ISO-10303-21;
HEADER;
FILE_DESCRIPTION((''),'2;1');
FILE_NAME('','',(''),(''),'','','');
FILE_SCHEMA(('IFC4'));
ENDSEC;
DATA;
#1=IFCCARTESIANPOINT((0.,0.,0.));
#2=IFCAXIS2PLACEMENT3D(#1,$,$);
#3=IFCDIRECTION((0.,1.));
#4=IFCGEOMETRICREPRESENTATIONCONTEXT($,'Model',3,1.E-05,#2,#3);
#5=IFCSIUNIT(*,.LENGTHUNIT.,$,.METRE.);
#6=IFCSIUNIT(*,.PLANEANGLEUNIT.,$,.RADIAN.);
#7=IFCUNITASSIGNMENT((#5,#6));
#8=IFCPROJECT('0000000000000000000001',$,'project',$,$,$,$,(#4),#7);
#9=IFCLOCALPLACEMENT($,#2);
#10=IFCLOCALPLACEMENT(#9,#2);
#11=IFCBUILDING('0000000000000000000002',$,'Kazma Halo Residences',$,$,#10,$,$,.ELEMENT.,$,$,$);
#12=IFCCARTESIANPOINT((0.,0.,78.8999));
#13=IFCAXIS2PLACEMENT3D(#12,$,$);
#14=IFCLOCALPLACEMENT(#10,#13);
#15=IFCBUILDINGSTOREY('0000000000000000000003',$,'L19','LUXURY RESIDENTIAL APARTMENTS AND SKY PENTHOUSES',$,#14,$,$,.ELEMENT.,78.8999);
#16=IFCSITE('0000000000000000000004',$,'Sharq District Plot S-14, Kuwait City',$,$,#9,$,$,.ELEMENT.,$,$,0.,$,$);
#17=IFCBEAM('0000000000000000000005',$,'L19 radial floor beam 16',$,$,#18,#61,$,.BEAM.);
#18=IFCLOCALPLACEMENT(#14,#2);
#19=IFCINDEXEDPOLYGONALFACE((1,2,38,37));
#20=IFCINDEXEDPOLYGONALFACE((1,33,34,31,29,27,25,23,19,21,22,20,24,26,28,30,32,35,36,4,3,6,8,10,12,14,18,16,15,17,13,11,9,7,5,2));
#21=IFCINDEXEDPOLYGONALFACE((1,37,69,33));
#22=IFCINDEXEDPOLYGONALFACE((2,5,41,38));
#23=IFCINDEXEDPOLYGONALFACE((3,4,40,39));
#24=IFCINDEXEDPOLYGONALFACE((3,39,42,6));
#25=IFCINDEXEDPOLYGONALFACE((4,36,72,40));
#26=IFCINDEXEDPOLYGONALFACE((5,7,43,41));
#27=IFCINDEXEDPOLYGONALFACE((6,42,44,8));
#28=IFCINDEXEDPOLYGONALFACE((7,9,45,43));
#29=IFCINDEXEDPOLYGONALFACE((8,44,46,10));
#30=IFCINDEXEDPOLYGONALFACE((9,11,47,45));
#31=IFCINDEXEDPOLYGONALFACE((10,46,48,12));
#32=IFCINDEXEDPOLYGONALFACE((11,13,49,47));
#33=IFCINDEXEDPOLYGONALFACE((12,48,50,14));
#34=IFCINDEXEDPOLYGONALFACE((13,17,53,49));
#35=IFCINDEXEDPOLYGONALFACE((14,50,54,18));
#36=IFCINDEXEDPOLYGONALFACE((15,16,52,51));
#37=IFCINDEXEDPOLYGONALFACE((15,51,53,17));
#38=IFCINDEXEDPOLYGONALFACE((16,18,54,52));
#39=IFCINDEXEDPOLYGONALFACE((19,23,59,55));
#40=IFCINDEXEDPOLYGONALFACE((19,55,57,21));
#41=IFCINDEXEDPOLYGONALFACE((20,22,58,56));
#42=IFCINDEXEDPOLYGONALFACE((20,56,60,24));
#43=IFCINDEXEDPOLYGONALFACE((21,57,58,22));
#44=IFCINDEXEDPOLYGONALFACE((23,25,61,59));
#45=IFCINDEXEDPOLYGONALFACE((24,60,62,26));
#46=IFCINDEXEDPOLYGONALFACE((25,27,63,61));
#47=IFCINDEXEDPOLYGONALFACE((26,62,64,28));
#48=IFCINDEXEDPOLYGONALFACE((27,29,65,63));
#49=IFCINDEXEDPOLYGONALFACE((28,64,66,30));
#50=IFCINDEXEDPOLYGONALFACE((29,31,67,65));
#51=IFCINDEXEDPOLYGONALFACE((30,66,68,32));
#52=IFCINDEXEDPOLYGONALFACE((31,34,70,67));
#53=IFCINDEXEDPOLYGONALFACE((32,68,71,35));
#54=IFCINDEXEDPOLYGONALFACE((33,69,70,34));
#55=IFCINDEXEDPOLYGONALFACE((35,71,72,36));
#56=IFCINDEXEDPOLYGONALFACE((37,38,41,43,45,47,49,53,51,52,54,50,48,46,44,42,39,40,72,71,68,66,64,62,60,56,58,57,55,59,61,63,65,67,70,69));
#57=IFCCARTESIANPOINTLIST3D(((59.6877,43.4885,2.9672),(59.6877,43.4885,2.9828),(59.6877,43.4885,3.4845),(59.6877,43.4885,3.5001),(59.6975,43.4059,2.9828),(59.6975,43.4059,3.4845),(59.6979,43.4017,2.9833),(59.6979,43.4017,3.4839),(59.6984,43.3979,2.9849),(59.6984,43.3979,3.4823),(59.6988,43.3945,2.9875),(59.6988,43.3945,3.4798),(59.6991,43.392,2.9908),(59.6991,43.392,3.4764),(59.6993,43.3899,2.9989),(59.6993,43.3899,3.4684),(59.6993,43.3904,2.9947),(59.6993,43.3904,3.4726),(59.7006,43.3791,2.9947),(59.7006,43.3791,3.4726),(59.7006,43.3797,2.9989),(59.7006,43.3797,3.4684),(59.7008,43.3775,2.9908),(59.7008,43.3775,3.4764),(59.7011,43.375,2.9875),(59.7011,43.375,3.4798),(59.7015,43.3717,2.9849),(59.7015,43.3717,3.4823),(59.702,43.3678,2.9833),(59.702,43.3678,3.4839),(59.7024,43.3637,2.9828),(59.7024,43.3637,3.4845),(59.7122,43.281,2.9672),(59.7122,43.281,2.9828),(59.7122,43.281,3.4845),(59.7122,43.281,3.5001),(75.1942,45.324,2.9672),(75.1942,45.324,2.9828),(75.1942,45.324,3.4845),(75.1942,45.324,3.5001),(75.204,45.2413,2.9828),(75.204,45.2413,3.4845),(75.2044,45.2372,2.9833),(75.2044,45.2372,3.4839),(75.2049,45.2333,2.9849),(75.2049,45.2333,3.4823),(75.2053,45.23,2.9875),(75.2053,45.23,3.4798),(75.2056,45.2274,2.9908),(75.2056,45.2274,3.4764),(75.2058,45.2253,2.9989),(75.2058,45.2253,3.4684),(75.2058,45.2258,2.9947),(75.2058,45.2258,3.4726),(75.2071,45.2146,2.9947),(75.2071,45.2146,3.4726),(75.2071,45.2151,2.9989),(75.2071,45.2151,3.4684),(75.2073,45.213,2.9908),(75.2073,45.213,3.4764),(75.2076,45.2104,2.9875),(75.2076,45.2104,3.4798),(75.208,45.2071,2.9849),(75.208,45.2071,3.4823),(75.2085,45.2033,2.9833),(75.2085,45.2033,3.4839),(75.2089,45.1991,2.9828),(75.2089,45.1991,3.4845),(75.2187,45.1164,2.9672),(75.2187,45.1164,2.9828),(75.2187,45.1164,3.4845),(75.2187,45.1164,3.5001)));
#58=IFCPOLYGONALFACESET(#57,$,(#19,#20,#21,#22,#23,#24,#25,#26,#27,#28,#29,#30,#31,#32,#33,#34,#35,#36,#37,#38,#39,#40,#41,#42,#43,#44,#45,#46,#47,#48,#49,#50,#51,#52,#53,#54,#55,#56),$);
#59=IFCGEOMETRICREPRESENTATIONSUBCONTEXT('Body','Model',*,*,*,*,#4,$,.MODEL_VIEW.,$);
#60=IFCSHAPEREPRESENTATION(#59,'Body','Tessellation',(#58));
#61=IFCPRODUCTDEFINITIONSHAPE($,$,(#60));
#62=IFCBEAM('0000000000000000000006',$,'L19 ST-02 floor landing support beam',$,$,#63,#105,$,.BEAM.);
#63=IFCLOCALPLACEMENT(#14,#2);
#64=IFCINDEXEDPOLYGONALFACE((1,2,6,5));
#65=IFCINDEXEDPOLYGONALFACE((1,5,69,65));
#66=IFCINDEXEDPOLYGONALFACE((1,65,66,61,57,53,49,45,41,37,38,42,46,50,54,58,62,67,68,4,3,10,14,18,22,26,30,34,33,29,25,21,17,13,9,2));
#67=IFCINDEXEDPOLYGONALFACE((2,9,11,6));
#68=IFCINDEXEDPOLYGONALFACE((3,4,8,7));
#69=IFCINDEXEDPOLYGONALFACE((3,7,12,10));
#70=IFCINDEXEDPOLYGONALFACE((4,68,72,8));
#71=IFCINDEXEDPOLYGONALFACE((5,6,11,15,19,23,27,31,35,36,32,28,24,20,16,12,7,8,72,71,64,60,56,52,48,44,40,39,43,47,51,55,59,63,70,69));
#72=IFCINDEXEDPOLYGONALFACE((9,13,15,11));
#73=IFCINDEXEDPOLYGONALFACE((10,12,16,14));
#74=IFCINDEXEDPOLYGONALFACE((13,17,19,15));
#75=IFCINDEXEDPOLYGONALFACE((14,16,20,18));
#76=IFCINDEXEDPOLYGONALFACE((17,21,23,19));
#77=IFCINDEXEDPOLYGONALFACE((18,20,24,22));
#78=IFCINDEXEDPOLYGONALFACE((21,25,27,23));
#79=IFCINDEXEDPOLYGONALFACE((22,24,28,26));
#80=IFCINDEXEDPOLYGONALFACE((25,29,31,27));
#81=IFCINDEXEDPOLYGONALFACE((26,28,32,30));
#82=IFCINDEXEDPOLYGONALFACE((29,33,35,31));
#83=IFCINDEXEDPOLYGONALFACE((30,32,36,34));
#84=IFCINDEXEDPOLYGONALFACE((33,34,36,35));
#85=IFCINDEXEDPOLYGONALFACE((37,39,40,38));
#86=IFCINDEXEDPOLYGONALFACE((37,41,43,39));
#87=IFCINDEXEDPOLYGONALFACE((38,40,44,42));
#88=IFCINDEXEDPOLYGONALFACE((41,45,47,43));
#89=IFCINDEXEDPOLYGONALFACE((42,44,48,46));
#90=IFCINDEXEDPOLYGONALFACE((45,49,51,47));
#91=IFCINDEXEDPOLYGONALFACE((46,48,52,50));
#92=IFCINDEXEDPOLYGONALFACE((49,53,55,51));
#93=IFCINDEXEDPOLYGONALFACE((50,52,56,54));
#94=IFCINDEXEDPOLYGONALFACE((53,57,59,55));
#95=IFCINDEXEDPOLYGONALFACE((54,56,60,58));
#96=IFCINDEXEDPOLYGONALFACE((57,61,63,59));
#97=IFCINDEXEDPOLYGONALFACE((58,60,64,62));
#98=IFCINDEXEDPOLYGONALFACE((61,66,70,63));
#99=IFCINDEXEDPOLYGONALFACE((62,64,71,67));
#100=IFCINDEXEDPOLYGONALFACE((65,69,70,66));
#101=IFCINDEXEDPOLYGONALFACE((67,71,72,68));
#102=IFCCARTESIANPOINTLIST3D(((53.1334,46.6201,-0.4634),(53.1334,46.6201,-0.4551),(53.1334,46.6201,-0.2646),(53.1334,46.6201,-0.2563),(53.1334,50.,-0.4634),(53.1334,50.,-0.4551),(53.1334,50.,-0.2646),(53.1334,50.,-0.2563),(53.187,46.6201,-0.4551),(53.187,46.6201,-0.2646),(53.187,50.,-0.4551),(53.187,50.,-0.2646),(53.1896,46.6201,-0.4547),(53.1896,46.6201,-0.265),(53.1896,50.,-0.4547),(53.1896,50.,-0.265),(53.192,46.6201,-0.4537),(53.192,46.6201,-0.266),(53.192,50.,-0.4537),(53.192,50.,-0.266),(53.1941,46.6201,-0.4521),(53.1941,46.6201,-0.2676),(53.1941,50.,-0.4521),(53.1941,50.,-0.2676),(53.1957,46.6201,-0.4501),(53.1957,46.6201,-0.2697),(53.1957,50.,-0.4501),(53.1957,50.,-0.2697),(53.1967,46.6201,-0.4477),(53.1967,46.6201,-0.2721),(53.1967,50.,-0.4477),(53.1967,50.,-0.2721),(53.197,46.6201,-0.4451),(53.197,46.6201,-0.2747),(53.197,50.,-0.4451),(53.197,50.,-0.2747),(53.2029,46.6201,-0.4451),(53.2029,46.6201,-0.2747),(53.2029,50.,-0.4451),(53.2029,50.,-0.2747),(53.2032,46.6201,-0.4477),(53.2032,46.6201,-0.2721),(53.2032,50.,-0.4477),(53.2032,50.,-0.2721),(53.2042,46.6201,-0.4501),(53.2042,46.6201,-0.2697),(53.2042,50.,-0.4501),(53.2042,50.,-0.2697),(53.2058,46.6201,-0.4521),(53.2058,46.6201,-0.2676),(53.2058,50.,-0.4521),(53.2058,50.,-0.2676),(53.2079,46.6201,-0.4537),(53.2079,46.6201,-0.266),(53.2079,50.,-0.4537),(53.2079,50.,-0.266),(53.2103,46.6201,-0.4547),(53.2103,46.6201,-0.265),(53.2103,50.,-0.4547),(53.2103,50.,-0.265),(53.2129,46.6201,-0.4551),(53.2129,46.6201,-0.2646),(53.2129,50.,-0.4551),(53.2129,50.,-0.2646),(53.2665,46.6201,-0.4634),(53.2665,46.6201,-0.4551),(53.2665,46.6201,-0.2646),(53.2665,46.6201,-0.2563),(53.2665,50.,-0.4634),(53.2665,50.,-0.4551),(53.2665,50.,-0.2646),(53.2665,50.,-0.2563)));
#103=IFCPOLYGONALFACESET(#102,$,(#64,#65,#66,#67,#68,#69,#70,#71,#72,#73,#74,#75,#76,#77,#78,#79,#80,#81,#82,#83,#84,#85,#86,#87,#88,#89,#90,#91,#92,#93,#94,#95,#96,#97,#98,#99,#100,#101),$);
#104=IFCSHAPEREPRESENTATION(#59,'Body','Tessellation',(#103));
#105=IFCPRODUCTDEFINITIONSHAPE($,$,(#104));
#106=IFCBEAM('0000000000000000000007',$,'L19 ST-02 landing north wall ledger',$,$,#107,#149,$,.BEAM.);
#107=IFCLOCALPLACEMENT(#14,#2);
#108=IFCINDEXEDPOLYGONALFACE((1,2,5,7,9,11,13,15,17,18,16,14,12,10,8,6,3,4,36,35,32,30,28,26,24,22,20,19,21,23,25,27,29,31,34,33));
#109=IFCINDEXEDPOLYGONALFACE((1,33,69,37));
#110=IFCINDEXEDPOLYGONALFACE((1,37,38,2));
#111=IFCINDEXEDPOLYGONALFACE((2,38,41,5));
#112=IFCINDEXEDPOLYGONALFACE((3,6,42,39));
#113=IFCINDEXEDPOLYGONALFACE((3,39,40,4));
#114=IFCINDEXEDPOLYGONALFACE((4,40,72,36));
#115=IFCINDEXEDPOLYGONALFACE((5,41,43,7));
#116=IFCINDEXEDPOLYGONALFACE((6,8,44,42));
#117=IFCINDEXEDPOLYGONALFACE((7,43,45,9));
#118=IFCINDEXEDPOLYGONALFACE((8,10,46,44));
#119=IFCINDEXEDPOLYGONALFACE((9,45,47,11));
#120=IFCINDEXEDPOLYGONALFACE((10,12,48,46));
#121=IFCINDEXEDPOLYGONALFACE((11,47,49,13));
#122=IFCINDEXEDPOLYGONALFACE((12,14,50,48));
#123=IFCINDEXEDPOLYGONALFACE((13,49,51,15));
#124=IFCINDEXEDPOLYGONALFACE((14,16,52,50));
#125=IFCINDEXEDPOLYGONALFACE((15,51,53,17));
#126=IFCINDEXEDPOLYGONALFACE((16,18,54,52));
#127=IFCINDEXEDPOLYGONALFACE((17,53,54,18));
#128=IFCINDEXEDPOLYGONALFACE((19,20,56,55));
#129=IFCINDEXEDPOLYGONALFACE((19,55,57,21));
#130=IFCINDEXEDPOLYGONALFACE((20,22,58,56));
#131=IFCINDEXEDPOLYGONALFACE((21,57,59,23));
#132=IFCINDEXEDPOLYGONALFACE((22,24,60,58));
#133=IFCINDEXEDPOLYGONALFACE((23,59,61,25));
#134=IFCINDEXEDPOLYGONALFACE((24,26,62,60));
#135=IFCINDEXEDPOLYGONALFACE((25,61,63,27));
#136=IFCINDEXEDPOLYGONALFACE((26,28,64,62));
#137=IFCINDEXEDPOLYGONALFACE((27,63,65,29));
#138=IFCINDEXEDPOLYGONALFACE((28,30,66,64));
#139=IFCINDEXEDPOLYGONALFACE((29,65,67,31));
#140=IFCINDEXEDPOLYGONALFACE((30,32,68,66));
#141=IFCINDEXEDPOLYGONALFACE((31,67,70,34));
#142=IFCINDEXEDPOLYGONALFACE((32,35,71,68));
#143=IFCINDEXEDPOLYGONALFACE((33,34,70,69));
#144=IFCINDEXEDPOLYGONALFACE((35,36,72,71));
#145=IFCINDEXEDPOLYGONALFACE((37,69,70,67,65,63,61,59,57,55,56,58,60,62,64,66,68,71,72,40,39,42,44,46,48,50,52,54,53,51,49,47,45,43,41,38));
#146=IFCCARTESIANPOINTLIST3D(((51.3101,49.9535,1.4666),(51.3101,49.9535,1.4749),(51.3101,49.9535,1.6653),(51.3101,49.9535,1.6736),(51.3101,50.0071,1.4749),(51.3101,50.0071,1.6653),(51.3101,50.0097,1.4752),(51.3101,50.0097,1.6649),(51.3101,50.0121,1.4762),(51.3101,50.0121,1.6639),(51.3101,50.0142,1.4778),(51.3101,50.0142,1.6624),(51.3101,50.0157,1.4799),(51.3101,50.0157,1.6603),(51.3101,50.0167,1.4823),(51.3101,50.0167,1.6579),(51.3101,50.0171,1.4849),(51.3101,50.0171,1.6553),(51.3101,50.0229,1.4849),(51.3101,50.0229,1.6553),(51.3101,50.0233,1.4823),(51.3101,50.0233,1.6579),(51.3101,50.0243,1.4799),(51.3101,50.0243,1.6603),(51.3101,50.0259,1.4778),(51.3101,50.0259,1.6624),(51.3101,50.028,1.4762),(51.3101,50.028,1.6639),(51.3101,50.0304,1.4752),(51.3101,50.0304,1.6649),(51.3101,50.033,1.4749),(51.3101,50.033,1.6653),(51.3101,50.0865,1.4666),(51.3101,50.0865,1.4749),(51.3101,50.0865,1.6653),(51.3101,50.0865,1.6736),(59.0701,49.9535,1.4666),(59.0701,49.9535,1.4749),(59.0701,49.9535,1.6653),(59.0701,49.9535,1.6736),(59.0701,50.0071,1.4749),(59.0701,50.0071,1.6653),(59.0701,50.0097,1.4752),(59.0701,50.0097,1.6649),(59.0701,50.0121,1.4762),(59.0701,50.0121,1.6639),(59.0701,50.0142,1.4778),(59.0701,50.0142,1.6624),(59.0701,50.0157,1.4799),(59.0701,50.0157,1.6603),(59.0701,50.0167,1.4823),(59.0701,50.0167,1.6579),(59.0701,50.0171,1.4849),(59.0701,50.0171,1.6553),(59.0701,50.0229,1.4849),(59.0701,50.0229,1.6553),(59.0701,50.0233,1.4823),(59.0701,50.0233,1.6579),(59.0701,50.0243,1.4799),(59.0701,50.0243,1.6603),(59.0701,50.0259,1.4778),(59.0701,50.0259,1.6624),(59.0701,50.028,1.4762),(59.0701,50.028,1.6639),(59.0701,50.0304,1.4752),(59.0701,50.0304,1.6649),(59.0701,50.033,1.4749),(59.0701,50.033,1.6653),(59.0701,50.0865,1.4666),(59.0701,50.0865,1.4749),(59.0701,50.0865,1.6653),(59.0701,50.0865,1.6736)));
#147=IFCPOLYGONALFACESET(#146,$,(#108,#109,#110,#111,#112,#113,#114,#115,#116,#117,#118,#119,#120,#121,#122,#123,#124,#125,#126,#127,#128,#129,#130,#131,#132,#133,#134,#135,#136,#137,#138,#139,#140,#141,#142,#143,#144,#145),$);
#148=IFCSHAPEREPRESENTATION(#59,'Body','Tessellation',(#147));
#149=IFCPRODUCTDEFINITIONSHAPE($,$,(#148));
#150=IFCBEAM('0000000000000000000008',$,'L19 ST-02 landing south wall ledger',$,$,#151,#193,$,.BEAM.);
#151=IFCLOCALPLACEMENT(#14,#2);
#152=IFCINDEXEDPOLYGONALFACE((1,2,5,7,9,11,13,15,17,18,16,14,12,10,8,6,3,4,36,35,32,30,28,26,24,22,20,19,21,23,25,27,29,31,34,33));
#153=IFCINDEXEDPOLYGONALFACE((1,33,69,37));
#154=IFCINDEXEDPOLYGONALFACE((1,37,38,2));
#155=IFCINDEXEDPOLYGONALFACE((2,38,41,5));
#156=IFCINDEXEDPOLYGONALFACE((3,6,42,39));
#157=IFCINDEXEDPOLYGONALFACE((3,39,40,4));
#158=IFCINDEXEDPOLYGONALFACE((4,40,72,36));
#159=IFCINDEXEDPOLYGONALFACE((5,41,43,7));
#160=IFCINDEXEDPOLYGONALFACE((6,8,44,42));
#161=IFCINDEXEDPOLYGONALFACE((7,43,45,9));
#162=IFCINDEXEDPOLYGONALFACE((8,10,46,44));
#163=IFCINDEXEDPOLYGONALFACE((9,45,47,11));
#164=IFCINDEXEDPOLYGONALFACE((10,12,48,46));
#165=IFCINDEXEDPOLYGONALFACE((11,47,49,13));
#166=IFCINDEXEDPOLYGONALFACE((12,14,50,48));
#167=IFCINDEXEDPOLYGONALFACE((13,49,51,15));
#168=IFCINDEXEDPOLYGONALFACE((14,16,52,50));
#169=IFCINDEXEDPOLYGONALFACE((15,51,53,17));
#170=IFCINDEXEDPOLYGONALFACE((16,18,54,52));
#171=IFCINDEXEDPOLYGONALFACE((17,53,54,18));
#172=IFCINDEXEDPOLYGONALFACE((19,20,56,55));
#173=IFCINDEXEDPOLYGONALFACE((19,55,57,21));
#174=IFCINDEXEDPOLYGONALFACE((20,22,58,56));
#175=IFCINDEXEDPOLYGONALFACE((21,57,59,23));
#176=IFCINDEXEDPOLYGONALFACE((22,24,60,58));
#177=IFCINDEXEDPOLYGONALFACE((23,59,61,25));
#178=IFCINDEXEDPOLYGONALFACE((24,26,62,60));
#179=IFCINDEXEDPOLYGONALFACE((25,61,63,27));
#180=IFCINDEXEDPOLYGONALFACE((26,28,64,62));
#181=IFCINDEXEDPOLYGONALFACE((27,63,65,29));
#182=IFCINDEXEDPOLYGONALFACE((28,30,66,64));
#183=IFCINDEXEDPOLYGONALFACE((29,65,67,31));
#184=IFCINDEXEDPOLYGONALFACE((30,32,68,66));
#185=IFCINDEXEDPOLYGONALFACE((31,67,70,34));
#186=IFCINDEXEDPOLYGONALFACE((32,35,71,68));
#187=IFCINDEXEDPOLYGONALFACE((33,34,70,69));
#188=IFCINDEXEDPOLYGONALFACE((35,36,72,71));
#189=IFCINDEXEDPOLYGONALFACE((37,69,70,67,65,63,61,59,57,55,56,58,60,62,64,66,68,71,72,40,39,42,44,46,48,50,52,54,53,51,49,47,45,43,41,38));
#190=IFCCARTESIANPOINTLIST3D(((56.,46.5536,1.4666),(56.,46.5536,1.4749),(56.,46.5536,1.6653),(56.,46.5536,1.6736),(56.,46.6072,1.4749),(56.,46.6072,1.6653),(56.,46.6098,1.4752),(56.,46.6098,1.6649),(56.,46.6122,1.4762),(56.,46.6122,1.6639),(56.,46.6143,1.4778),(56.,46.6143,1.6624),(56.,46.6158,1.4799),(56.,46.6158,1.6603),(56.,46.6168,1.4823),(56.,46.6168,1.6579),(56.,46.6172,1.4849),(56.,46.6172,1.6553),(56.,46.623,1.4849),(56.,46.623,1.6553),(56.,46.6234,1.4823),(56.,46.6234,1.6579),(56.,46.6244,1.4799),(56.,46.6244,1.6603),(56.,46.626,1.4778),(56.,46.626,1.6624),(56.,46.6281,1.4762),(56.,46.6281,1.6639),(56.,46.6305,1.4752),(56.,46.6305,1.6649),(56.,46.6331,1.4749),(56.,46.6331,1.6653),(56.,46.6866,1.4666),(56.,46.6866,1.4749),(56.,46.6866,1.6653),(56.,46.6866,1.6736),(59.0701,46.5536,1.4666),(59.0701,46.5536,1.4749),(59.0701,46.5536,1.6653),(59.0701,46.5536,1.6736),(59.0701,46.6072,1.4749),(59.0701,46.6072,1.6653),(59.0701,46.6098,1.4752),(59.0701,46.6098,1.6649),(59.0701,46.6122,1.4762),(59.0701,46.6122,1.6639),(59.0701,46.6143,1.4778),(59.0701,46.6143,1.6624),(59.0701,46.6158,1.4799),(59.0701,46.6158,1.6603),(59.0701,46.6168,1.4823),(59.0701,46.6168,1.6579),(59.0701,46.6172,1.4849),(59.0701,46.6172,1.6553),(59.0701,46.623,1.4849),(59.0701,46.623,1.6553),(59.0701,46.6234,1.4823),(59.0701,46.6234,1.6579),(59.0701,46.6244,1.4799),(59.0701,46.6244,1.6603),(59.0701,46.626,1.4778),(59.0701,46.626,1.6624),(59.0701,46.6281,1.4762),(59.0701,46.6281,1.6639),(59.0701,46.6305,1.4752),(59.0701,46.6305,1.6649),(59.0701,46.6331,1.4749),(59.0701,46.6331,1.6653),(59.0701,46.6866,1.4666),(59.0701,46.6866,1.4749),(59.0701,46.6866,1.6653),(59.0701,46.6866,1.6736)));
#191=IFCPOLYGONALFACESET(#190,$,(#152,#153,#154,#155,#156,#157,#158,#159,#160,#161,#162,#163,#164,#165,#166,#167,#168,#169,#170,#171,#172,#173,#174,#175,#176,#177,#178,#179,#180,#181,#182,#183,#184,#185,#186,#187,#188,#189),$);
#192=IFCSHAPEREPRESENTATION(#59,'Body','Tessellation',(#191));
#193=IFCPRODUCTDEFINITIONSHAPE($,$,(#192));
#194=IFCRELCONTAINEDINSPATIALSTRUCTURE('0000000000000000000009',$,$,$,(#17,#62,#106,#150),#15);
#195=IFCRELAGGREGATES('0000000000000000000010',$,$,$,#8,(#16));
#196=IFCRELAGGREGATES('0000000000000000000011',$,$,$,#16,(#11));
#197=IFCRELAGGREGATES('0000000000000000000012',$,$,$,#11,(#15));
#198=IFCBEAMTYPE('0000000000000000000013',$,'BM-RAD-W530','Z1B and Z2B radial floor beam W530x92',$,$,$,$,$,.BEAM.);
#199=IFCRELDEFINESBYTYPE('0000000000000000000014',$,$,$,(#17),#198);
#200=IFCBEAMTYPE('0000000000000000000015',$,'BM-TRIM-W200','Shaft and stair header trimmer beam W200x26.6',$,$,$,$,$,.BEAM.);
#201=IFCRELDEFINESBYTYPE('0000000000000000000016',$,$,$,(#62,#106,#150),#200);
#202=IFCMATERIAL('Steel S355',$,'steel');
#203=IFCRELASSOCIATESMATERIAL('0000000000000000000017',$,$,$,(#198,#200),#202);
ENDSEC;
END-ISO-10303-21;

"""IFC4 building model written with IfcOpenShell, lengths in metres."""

from ifc_helpers import new_model, si_unit, direction, frame, origin, origin_2d, place, context, subcontext, project, spatial, i_section, extrude, material, material_profile, profile_set, type_object, element, save


model = new_model("IFC4")

# Units and contexts
model_context = context("Model", 3, precision=1e-05, world=origin(), true_north=direction((0.0, 1.0)))
body_context = subcontext(model_context, "Body", "Model", "MODEL_VIEW")
ifc_project = project(units=[si_unit("LENGTHUNIT", "METRE"), si_unit("PLANEANGLEUNIT", "RADIAN")], contexts=[model_context])

# Site, building, storey
site_placement = place(None, origin())
site = spatial("IfcSite", under=ifc_project, at=site_placement, Name="Sharq District Plot S-14, Kuwait City", CompositionType="ELEMENT", RefElevation=0.0)
building_placement = place(site_placement, origin())
building = spatial("IfcBuilding", under=site, at=building_placement, Name="Kazma Halo Residences", CompositionType="ELEMENT")
storey_placement = place(building_placement, frame((0.0, 0.0, 78.8999)))
storey = spatial("IfcBuildingStorey", under=building, at=storey_placement, Name="L19", Description="LUXURY RESIDENTIAL APARTMENTS AND SKY PENTHOUSES", CompositionType="ELEMENT", Elevation=78.8999)

# Shared definitions
ifc_material_1 = material(Name="Steel S355", Category="steel")

# Beams
ifc_material_profile_1 = material_profile(ifc_material_1, i_section(OverallWidth=0.209, OverallDepth=0.533, WebThickness=0.0103, FlangeThickness=0.0156, FilletRadius=0.0161, at=origin_2d()), Name="W530x92")
ifc_profile_set_1 = profile_set([ifc_material_profile_1], Name="Steel S355")
beam_type_1 = type_object("IfcBeamType", Name="BM-RAD-W530", Description="Z1B and Z2B radial floor beam W530x92", PredefinedType="BEAM", material=ifc_profile_set_1)
beam_1_placement = place(storey_placement, frame((59.7, 43.3848, 3.2336), z_axis=(0.993068, 0.117545, 0.0), x_axis=(-0.117545, 0.993068, 0.0)))
element("IfcBeam", 1, at=beam_1_placement, inside=storey, type_object=beam_type_1, Name="L19 radial floor beam 16", PredefinedType="BEAM", context=body_context, shape_type="SweptSolid", body=[
    extrude(i_section(OverallWidth=0.209, OverallDepth=0.533, WebThickness=0.0103, FlangeThickness=0.0156, FilletRadius=0.0161, at=origin_2d()), origin(), (0.0, 0.0, 1.0), 15.6147),
])
ifc_material_profile_2 = material_profile(ifc_material_1, i_section(OverallWidth=0.1331, OverallDepth=0.207, WebThickness=0.0059, FlangeThickness=0.0083, FilletRadius=0.01, at=origin_2d()), Name="W200x26.6")
ifc_profile_set_2 = profile_set([ifc_material_profile_2], Name="Steel S355")
beam_type_2 = type_object("IfcBeamType", Name="BM-TRIM-W200", Description="Shaft and stair header trimmer beam W200x26.6", PredefinedType="BEAM", material=ifc_profile_set_2)
beam_2_placement = place(storey_placement, frame((53.2, 46.6201, -0.3599), z_axis=(0.0, 1.0, 0.0), x_axis=(-1.0, 0.0, 0.0)))
element("IfcBeam", 2, at=beam_2_placement, inside=storey, type_object=beam_type_2, Name="L19 ST-02 floor landing support beam", PredefinedType="BEAM", context=body_context, shape_type="SweptSolid", body=[
    extrude(i_section(OverallWidth=0.1331, OverallDepth=0.207, WebThickness=0.0059, FlangeThickness=0.0083, FilletRadius=0.01, at=origin_2d()), origin(), (0.0, 0.0, 1.0), 3.3799),
])
beam_3_placement = place(storey_placement, frame((51.3101, 50.02, 1.5701), z_axis=(1.0, 0.0, 0.0), x_axis=(0.0, 1.0, 0.0)))
element("IfcBeam", 3, at=beam_3_placement, inside=storey, type_object=beam_type_2, Name="L19 ST-02 landing north wall ledger", PredefinedType="BEAM", context=body_context, shape_type="SweptSolid", body=[
    extrude(i_section(OverallWidth=0.1331, OverallDepth=0.207, WebThickness=0.0059, FlangeThickness=0.0083, FilletRadius=0.01, at=origin_2d()), origin(), (0.0, 0.0, 1.0), 7.76),
])
beam_4_placement = place(storey_placement, frame((56.0, 46.6201, 1.5701), z_axis=(1.0, 0.0, 0.0), x_axis=(0.0, 1.0, 0.0)))
element("IfcBeam", 4, at=beam_4_placement, inside=storey, type_object=beam_type_2, Name="L19 ST-02 landing south wall ledger", PredefinedType="BEAM", context=body_context, shape_type="SweptSolid", body=[
    extrude(i_section(OverallWidth=0.1331, OverallDepth=0.207, WebThickness=0.0059, FlangeThickness=0.0083, FilletRadius=0.01, at=origin_2d()), origin(), (0.0, 0.0, 1.0), 3.0701),
])

save(model, "model.ifc")
